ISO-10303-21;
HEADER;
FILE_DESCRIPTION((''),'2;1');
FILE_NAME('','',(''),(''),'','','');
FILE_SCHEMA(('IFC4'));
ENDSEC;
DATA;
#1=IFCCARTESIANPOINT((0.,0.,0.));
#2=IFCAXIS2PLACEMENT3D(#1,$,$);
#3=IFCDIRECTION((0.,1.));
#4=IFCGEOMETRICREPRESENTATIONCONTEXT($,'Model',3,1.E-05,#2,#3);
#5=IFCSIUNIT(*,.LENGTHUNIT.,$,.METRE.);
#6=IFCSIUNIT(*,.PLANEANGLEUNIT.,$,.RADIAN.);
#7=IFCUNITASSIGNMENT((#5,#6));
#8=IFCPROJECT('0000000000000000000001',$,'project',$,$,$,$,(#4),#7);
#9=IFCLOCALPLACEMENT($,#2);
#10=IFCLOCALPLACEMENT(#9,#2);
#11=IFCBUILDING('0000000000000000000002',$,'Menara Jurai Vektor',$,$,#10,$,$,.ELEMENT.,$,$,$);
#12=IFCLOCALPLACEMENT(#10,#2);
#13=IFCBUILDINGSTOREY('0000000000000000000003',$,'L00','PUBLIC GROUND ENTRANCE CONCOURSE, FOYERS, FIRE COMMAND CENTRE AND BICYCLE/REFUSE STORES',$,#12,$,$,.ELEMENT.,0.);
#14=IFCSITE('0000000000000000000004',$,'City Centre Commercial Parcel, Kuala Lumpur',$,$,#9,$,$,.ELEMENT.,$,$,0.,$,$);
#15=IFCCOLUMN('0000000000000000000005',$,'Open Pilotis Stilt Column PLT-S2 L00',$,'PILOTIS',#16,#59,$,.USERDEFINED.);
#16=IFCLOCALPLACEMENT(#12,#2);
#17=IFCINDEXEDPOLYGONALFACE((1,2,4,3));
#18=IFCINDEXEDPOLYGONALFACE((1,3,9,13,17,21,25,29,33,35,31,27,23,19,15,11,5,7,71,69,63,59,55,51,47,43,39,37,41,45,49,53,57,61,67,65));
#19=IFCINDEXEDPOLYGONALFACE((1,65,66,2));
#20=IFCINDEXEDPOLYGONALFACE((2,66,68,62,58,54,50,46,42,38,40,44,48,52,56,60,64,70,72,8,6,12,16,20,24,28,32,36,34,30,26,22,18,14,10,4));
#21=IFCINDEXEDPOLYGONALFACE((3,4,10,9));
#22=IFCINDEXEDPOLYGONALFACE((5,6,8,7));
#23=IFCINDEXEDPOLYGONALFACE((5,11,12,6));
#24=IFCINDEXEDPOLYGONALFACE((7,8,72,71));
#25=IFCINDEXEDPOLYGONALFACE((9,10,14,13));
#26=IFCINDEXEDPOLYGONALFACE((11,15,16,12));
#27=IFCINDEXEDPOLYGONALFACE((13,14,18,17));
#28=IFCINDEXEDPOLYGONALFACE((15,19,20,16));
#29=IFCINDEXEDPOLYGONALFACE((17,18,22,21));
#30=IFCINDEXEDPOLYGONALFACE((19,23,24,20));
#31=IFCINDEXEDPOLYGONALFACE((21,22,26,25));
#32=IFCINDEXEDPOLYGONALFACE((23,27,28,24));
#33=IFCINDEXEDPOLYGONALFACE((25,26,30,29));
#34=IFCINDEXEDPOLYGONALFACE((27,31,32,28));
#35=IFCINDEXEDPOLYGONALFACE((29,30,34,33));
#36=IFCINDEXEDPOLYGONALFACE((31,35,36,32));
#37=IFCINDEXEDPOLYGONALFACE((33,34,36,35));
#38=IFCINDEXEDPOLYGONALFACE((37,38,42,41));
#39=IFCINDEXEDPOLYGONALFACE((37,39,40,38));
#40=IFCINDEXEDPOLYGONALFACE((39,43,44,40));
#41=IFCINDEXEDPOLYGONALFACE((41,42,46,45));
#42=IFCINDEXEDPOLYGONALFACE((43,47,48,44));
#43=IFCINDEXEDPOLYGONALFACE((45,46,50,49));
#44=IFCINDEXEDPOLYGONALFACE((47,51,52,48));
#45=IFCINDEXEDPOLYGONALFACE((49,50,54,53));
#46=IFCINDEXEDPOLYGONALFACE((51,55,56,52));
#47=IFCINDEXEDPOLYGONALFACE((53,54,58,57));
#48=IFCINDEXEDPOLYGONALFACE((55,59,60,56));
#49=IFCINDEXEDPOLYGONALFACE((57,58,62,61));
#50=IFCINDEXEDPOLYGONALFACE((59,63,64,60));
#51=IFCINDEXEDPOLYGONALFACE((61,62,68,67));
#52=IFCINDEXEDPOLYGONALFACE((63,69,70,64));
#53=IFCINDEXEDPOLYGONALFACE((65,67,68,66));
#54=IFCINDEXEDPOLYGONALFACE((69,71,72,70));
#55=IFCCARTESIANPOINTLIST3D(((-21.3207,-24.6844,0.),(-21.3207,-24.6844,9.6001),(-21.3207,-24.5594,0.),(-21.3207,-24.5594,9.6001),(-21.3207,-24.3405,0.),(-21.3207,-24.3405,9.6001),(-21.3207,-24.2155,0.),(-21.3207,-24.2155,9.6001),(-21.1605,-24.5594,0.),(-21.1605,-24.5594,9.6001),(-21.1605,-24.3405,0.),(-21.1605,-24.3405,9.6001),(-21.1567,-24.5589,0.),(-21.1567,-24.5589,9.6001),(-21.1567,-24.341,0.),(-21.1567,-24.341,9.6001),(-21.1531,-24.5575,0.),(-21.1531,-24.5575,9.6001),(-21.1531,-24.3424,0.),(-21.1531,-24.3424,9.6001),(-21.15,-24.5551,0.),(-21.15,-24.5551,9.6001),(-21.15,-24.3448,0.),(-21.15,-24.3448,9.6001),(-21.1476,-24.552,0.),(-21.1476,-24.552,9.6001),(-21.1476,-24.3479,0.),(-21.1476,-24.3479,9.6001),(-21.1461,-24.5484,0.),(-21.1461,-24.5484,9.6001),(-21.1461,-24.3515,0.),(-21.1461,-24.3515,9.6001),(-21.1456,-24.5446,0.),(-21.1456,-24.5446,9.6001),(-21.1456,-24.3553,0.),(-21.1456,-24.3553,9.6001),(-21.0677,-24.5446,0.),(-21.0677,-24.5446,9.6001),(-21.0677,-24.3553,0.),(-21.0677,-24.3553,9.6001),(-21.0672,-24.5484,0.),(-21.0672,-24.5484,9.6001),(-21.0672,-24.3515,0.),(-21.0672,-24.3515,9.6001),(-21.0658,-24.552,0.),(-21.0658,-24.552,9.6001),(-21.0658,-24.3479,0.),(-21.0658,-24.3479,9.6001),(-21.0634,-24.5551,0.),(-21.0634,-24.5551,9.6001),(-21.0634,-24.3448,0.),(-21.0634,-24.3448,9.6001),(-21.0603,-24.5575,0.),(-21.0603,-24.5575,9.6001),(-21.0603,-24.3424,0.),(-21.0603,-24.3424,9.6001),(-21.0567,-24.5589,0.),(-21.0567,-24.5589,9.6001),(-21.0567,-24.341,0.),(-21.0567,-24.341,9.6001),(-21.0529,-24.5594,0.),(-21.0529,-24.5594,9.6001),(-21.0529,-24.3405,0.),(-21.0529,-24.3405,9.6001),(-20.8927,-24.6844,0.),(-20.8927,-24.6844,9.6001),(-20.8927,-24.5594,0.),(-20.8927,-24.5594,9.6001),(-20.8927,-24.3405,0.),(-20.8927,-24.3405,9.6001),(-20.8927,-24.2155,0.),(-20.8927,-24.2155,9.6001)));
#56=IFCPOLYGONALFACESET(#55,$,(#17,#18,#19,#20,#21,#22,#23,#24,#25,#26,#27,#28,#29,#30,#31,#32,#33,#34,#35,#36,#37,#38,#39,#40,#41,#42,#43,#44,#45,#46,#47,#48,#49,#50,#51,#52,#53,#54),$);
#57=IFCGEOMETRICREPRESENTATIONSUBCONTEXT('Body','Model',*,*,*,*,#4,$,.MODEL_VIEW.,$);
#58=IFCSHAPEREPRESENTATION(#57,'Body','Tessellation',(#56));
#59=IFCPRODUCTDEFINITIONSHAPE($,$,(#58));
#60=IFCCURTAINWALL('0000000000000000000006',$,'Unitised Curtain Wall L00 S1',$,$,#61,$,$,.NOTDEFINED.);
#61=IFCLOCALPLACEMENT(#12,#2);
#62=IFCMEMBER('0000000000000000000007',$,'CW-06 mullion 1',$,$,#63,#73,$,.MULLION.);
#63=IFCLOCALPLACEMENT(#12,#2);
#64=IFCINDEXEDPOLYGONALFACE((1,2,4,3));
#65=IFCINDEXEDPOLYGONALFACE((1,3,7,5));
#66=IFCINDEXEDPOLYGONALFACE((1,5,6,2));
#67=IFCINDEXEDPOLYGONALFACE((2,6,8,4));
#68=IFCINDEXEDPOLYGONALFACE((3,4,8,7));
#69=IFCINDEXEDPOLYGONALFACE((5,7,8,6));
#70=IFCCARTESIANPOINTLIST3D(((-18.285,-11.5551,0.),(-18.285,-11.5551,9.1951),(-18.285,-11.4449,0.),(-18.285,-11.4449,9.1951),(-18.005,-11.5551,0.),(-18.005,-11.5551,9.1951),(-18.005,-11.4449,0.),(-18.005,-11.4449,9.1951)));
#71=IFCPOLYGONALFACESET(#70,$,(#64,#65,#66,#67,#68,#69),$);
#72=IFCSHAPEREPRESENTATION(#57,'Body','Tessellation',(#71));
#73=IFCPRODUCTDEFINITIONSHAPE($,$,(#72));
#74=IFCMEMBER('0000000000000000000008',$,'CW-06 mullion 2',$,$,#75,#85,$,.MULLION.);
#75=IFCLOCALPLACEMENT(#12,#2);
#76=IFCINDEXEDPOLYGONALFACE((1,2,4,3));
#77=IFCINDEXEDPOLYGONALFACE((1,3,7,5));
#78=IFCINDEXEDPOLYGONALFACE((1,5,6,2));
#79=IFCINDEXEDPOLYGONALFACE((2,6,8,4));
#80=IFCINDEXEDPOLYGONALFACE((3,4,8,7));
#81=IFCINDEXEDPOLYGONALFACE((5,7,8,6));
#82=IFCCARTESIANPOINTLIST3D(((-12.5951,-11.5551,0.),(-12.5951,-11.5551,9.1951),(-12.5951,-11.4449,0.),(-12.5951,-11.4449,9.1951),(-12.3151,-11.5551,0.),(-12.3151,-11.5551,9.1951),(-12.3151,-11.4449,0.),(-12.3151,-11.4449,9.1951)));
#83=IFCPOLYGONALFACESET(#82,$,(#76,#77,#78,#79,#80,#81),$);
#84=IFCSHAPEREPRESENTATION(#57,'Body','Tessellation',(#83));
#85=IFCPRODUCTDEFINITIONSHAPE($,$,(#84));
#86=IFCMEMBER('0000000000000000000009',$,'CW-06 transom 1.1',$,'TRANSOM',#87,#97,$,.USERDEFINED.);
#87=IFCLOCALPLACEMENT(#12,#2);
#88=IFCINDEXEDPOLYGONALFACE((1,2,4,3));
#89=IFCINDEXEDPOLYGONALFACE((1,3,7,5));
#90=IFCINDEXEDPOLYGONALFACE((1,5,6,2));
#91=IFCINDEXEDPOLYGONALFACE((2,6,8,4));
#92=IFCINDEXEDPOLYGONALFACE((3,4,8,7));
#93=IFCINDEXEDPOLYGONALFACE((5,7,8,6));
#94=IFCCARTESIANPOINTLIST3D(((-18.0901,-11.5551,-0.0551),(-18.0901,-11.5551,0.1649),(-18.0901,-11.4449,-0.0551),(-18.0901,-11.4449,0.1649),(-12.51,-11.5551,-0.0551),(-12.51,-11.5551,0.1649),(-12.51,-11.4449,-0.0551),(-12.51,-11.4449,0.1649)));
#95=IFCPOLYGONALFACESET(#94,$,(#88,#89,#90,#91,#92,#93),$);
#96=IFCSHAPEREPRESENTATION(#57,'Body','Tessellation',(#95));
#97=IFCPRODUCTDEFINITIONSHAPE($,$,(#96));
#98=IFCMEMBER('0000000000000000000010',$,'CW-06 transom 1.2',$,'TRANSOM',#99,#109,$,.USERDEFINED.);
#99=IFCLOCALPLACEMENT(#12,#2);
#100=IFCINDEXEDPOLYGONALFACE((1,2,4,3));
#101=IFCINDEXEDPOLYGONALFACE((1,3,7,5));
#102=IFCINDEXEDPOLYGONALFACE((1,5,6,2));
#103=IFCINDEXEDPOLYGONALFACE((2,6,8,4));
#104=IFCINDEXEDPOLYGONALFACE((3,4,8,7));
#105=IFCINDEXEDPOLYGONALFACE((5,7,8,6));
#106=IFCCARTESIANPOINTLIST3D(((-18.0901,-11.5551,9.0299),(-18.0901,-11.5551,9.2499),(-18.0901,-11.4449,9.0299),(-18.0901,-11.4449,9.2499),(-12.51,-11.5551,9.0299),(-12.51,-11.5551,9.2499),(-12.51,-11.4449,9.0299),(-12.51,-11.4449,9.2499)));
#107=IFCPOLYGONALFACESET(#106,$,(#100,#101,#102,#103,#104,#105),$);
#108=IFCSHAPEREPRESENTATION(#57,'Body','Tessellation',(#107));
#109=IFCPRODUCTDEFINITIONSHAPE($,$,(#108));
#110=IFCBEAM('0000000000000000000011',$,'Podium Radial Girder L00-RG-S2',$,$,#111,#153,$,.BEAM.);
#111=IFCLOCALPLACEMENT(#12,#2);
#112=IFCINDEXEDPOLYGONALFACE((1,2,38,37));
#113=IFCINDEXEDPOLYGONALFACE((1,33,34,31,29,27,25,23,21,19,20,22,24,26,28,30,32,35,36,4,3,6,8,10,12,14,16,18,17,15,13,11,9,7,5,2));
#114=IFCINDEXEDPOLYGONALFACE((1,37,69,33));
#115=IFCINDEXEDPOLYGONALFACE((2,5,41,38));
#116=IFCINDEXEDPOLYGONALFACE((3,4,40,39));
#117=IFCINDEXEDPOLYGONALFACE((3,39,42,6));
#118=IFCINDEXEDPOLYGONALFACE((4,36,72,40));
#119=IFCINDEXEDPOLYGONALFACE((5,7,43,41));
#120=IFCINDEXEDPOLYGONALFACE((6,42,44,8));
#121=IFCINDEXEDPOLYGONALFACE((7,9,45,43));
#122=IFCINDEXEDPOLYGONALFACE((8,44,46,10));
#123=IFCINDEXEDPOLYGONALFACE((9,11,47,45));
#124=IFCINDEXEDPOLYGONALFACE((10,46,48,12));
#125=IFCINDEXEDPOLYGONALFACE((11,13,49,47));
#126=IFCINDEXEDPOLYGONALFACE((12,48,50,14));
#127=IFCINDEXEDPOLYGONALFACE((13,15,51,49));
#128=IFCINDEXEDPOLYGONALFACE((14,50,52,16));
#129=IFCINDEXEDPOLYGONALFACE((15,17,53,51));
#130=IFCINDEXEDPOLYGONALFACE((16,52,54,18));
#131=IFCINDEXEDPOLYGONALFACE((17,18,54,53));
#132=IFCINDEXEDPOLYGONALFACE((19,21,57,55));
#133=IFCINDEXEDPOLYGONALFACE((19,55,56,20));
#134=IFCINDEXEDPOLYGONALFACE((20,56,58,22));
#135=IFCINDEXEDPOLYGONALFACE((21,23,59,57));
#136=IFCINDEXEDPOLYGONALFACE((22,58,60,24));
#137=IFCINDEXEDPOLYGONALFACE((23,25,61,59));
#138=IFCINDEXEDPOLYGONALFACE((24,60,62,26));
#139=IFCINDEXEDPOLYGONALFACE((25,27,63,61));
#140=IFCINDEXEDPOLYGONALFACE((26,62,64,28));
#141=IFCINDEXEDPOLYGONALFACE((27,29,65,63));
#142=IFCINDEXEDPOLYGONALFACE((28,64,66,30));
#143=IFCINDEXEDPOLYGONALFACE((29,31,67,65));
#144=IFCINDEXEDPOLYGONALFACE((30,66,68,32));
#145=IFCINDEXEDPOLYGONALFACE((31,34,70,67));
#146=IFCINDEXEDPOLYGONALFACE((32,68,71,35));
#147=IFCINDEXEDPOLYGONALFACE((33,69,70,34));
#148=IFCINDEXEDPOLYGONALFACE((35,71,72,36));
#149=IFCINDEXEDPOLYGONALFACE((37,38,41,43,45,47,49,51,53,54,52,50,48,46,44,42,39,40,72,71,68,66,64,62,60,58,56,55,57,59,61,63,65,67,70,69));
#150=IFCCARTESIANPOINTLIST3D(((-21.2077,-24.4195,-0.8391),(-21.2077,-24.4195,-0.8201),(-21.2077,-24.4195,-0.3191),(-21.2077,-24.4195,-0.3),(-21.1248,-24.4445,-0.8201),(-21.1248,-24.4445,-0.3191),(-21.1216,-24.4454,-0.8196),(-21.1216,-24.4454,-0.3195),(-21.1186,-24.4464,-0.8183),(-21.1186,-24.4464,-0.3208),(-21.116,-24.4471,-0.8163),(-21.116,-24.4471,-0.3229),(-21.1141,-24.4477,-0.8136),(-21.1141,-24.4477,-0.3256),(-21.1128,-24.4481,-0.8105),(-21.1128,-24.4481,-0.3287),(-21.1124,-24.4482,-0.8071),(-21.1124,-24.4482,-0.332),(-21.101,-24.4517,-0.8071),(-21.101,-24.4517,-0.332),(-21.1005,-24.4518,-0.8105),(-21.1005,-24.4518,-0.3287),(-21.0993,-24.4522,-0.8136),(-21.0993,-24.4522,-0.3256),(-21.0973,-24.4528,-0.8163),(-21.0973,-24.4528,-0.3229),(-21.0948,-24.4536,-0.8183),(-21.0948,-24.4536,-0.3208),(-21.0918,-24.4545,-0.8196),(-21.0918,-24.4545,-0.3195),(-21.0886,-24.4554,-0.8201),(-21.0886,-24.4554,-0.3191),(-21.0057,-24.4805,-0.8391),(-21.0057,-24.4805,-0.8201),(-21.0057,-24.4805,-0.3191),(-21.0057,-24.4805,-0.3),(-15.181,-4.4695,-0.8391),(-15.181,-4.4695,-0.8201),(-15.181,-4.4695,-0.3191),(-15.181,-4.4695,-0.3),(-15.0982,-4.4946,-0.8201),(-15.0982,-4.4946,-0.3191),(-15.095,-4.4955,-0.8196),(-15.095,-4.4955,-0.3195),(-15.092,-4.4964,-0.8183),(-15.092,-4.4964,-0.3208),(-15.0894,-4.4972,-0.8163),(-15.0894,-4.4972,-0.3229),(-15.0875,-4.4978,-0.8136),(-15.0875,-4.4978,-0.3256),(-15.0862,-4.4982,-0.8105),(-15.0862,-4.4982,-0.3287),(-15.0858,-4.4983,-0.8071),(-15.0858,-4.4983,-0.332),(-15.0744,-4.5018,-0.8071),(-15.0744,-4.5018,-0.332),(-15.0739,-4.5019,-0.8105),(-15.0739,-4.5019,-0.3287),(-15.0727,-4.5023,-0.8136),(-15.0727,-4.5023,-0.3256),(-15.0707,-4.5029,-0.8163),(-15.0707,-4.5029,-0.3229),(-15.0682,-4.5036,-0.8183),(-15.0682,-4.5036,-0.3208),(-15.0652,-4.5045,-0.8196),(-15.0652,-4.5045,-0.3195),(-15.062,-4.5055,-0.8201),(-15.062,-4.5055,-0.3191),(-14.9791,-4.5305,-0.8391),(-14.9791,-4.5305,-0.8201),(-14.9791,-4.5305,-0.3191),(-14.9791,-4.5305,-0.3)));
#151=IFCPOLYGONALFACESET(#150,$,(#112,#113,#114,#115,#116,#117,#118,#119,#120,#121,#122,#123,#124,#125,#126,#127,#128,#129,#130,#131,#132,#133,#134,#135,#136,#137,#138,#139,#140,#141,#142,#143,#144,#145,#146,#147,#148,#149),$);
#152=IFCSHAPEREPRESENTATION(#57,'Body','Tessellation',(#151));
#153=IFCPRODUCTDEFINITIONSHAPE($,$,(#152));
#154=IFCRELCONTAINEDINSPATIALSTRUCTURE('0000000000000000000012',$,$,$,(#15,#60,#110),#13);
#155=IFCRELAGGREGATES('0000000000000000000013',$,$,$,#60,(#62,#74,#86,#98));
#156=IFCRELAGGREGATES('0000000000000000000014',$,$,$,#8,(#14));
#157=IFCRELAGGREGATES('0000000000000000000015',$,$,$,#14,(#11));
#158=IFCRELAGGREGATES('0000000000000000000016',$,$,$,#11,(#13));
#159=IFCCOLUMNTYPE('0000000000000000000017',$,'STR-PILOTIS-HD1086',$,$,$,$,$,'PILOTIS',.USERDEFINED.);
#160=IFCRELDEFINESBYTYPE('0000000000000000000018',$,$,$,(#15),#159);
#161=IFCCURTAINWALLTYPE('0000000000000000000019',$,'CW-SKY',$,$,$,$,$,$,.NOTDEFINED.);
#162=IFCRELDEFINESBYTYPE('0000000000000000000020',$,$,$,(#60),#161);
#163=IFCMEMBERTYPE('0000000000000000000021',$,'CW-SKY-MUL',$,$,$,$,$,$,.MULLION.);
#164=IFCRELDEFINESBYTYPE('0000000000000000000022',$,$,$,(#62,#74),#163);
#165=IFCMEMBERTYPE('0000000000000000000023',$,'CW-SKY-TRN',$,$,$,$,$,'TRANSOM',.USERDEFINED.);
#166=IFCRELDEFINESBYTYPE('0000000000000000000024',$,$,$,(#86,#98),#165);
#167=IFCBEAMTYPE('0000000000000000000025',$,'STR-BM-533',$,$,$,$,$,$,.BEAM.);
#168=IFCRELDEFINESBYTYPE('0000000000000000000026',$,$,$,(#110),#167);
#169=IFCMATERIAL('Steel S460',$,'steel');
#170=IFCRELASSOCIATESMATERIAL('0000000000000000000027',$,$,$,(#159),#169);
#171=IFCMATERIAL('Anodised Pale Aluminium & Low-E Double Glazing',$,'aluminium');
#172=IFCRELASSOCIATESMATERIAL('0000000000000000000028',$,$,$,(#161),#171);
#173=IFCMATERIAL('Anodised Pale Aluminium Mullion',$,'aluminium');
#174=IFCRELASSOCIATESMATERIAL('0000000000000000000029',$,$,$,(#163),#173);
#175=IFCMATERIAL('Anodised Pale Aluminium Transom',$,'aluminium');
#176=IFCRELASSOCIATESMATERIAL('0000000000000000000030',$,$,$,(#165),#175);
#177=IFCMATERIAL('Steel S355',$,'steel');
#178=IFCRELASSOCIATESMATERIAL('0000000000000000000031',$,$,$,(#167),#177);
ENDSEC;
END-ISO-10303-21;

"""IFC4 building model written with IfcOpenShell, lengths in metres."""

from ifc_helpers import new_model, si_unit, direction, frame, origin, origin_2d, place, context, subcontext, project, spatial, rectangle, i_section, extrude, material, material_profile, profile_set, type_object, element, aggregate, save


model = new_model("IFC4")

# Units and contexts
model_context = context("Model", 3, precision=1e-05, world=origin(), true_north=direction((0.0, 1.0)))
body_context = subcontext(model_context, "Body", "Model", "MODEL_VIEW")
ifc_project = project(units=[si_unit("LENGTHUNIT", "METRE"), si_unit("PLANEANGLEUNIT", "RADIAN")], contexts=[model_context])

# Site, building, storey
site_placement = place(None, origin())
site = spatial("IfcSite", under=ifc_project, at=site_placement, Name="City Centre Commercial Parcel, Kuala Lumpur", CompositionType="ELEMENT", RefElevation=0.0)
building_placement = place(site_placement, origin())
building = spatial("IfcBuilding", under=site, at=building_placement, Name="Menara Jurai Vektor", CompositionType="ELEMENT")
storey_placement = place(building_placement, origin())
storey = spatial("IfcBuildingStorey", under=building, at=storey_placement, Name="L00", Description="PUBLIC GROUND ENTRANCE CONCOURSE, FOYERS, FIRE COMMAND CENTRE AND BICYCLE/REFUSE STORES", CompositionType="ELEMENT", Elevation=0.0)

# Column
ifc_material_1 = material(Name="Steel S460", Category="steel")
ifc_material_profile_1 = material_profile(ifc_material_1, i_section(OverallWidth=0.428, OverallDepth=0.469, WebThickness=0.0779, FlangeThickness=0.125, FilletRadius=0.0149, at=origin_2d()), Name="HD 400x1086")
ifc_profile_set_1 = profile_set([ifc_material_profile_1], Name="Steel S460")
column_type = type_object("IfcColumnType", Name="STR-PILOTIS-HD1086", ElementType="PILOTIS", PredefinedType="USERDEFINED", material=ifc_profile_set_1)
column_placement = place(storey_placement, frame((-21.1067, -24.45, 0.0), z_axis=(0.0, 0.0, 1.0), x_axis=(1.0, 0.0, 0.0)))
element("IfcColumn", 1, at=column_placement, inside=storey, type_object=column_type, Name="Open Pilotis Stilt Column PLT-S2 L00", ObjectType="PILOTIS", PredefinedType="USERDEFINED", context=body_context, shape_type="SweptSolid", body=[
    extrude(i_section(OverallWidth=0.428, OverallDepth=0.469, WebThickness=0.0779, FlangeThickness=0.125, FilletRadius=0.0149, at=origin_2d()), origin(), (0.0, 0.0, 1.0), 9.6001),
])

# Curtain wall, members
ifc_material_2 = material(Name="Anodised Pale Aluminium & Low-E Double Glazing", Category="aluminium")
curtain_wall_type = type_object("IfcCurtainWallType", Name="CW-SKY", PredefinedType="NOTDEFINED", material=ifc_material_2)
curtain_wall_placement = place(storey_placement, origin())
curtain_wall = element("IfcCurtainWall", 2, at=curtain_wall_placement, inside=storey, type_object=curtain_wall_type, Name="Unitised Curtain Wall L00 S1", PredefinedType="NOTDEFINED")
ifc_material_3 = material(Name="Anodised Pale Aluminium Mullion", Category="aluminium")
ifc_material_profile_2 = material_profile(ifc_material_3, rectangle(XDim=0.1101, YDim=0.28, at=origin_2d()), Name="ALU MUL 110x280")
ifc_profile_set_2 = profile_set([ifc_material_profile_2], Name="Anodised Pale Aluminium Mullion")
member_type_1 = type_object("IfcMemberType", Name="CW-SKY-MUL", PredefinedType="MULLION", material=ifc_profile_set_2)
member_1_placement = place(storey_placement, frame((-18.145, -11.5, 0.0), z_axis=(0.0, 0.0, 1.0), x_axis=(0.0, 1.0, 0.0)))
member_1 = element("IfcMember", 3, at=member_1_placement, type_object=member_type_1, Name="CW-06 mullion 1", PredefinedType="MULLION", context=body_context, shape_type="SweptSolid", body=[
    extrude(rectangle(XDim=0.1101, YDim=0.28, at=origin_2d()), origin(), (0.0, 0.0, 1.0), 9.1951),
])
member_2_placement = place(storey_placement, frame((-12.4551, -11.5, 0.0), z_axis=(0.0, 0.0, 1.0), x_axis=(0.0, 1.0, 0.0)))
member_2 = element("IfcMember", 4, at=member_2_placement, type_object=member_type_1, Name="CW-06 mullion 2", PredefinedType="MULLION", context=body_context, shape_type="SweptSolid", body=[
    extrude(rectangle(XDim=0.1101, YDim=0.28, at=origin_2d()), origin(), (0.0, 0.0, 1.0), 9.1951),
])
ifc_material_4 = material(Name="Anodised Pale Aluminium Transom", Category="aluminium")
ifc_material_profile_3 = material_profile(ifc_material_4, rectangle(XDim=0.1101, YDim=0.22, at=origin_2d()), Name="ALU TRN 110x220")
ifc_profile_set_3 = profile_set([ifc_material_profile_3], Name="Anodised Pale Aluminium Transom")
member_type_2 = type_object("IfcMemberType", Name="CW-SKY-TRN", ElementType="TRANSOM", PredefinedType="USERDEFINED", material=ifc_profile_set_3)
member_3_placement = place(storey_placement, frame((-18.0901, -11.5, 0.0549), z_axis=(1.0, 0.0, 0.0), x_axis=(0.0, 1.0, 0.0)))
member_3 = element("IfcMember", 5, at=member_3_placement, type_object=member_type_2, Name="CW-06 transom 1.1", ObjectType="TRANSOM", PredefinedType="USERDEFINED", context=body_context, shape_type="SweptSolid", body=[
    extrude(rectangle(XDim=0.1101, YDim=0.22, at=origin_2d()), origin(), (0.0, 0.0, 1.0), 5.5801),
])
member_4_placement = place(storey_placement, frame((-18.0901, -11.5, 9.1399), z_axis=(1.0, 0.0, 0.0), x_axis=(0.0, 1.0, 0.0)))
member_4 = element("IfcMember", 6, at=member_4_placement, type_object=member_type_2, Name="CW-06 transom 1.2", ObjectType="TRANSOM", PredefinedType="USERDEFINED", context=body_context, shape_type="SweptSolid", body=[
    extrude(rectangle(XDim=0.1101, YDim=0.22, at=origin_2d()), origin(), (0.0, 0.0, 1.0), 5.5801),
])

# Beam
ifc_material_5 = material(Name="Steel S355", Category="steel")
ifc_material_profile_4 = material_profile(ifc_material_5, i_section(OverallWidth=0.2109, OverallDepth=0.5391, WebThickness=0.012, FlangeThickness=0.019, FilletRadius=0.0129, at=origin_2d()), Name="UKB 533x210x109")
ifc_profile_set_4 = profile_set([ifc_material_profile_4], Name="Steel S355")
beam_type_1 = type_object("IfcBeamType", Name="STR-BM-533", PredefinedType="BEAM", material=ifc_profile_set_4)
beam_1_placement = place(storey_placement, frame((-21.1067, -24.45, -0.5696), z_axis=(0.28918, 0.957275, 0.0), x_axis=(-0.957275, 0.28918, 0.0)))
element("IfcBeam", 7, at=beam_1_placement, inside=storey, type_object=beam_type_1, Name="Podium Radial Girder L00-RG-S2", PredefinedType="BEAM", context=body_context, shape_type="SweptSolid", body=[
    extrude(i_section(OverallWidth=0.2109, OverallDepth=0.5391, WebThickness=0.012, FlangeThickness=0.019, FilletRadius=0.0129, at=origin_2d()), origin(), (0.0, 0.0, 1.0), 20.8403),
])

aggregate(curtain_wall, [member_1, member_2, member_3, member_4])

save(model, "model.ifc")
